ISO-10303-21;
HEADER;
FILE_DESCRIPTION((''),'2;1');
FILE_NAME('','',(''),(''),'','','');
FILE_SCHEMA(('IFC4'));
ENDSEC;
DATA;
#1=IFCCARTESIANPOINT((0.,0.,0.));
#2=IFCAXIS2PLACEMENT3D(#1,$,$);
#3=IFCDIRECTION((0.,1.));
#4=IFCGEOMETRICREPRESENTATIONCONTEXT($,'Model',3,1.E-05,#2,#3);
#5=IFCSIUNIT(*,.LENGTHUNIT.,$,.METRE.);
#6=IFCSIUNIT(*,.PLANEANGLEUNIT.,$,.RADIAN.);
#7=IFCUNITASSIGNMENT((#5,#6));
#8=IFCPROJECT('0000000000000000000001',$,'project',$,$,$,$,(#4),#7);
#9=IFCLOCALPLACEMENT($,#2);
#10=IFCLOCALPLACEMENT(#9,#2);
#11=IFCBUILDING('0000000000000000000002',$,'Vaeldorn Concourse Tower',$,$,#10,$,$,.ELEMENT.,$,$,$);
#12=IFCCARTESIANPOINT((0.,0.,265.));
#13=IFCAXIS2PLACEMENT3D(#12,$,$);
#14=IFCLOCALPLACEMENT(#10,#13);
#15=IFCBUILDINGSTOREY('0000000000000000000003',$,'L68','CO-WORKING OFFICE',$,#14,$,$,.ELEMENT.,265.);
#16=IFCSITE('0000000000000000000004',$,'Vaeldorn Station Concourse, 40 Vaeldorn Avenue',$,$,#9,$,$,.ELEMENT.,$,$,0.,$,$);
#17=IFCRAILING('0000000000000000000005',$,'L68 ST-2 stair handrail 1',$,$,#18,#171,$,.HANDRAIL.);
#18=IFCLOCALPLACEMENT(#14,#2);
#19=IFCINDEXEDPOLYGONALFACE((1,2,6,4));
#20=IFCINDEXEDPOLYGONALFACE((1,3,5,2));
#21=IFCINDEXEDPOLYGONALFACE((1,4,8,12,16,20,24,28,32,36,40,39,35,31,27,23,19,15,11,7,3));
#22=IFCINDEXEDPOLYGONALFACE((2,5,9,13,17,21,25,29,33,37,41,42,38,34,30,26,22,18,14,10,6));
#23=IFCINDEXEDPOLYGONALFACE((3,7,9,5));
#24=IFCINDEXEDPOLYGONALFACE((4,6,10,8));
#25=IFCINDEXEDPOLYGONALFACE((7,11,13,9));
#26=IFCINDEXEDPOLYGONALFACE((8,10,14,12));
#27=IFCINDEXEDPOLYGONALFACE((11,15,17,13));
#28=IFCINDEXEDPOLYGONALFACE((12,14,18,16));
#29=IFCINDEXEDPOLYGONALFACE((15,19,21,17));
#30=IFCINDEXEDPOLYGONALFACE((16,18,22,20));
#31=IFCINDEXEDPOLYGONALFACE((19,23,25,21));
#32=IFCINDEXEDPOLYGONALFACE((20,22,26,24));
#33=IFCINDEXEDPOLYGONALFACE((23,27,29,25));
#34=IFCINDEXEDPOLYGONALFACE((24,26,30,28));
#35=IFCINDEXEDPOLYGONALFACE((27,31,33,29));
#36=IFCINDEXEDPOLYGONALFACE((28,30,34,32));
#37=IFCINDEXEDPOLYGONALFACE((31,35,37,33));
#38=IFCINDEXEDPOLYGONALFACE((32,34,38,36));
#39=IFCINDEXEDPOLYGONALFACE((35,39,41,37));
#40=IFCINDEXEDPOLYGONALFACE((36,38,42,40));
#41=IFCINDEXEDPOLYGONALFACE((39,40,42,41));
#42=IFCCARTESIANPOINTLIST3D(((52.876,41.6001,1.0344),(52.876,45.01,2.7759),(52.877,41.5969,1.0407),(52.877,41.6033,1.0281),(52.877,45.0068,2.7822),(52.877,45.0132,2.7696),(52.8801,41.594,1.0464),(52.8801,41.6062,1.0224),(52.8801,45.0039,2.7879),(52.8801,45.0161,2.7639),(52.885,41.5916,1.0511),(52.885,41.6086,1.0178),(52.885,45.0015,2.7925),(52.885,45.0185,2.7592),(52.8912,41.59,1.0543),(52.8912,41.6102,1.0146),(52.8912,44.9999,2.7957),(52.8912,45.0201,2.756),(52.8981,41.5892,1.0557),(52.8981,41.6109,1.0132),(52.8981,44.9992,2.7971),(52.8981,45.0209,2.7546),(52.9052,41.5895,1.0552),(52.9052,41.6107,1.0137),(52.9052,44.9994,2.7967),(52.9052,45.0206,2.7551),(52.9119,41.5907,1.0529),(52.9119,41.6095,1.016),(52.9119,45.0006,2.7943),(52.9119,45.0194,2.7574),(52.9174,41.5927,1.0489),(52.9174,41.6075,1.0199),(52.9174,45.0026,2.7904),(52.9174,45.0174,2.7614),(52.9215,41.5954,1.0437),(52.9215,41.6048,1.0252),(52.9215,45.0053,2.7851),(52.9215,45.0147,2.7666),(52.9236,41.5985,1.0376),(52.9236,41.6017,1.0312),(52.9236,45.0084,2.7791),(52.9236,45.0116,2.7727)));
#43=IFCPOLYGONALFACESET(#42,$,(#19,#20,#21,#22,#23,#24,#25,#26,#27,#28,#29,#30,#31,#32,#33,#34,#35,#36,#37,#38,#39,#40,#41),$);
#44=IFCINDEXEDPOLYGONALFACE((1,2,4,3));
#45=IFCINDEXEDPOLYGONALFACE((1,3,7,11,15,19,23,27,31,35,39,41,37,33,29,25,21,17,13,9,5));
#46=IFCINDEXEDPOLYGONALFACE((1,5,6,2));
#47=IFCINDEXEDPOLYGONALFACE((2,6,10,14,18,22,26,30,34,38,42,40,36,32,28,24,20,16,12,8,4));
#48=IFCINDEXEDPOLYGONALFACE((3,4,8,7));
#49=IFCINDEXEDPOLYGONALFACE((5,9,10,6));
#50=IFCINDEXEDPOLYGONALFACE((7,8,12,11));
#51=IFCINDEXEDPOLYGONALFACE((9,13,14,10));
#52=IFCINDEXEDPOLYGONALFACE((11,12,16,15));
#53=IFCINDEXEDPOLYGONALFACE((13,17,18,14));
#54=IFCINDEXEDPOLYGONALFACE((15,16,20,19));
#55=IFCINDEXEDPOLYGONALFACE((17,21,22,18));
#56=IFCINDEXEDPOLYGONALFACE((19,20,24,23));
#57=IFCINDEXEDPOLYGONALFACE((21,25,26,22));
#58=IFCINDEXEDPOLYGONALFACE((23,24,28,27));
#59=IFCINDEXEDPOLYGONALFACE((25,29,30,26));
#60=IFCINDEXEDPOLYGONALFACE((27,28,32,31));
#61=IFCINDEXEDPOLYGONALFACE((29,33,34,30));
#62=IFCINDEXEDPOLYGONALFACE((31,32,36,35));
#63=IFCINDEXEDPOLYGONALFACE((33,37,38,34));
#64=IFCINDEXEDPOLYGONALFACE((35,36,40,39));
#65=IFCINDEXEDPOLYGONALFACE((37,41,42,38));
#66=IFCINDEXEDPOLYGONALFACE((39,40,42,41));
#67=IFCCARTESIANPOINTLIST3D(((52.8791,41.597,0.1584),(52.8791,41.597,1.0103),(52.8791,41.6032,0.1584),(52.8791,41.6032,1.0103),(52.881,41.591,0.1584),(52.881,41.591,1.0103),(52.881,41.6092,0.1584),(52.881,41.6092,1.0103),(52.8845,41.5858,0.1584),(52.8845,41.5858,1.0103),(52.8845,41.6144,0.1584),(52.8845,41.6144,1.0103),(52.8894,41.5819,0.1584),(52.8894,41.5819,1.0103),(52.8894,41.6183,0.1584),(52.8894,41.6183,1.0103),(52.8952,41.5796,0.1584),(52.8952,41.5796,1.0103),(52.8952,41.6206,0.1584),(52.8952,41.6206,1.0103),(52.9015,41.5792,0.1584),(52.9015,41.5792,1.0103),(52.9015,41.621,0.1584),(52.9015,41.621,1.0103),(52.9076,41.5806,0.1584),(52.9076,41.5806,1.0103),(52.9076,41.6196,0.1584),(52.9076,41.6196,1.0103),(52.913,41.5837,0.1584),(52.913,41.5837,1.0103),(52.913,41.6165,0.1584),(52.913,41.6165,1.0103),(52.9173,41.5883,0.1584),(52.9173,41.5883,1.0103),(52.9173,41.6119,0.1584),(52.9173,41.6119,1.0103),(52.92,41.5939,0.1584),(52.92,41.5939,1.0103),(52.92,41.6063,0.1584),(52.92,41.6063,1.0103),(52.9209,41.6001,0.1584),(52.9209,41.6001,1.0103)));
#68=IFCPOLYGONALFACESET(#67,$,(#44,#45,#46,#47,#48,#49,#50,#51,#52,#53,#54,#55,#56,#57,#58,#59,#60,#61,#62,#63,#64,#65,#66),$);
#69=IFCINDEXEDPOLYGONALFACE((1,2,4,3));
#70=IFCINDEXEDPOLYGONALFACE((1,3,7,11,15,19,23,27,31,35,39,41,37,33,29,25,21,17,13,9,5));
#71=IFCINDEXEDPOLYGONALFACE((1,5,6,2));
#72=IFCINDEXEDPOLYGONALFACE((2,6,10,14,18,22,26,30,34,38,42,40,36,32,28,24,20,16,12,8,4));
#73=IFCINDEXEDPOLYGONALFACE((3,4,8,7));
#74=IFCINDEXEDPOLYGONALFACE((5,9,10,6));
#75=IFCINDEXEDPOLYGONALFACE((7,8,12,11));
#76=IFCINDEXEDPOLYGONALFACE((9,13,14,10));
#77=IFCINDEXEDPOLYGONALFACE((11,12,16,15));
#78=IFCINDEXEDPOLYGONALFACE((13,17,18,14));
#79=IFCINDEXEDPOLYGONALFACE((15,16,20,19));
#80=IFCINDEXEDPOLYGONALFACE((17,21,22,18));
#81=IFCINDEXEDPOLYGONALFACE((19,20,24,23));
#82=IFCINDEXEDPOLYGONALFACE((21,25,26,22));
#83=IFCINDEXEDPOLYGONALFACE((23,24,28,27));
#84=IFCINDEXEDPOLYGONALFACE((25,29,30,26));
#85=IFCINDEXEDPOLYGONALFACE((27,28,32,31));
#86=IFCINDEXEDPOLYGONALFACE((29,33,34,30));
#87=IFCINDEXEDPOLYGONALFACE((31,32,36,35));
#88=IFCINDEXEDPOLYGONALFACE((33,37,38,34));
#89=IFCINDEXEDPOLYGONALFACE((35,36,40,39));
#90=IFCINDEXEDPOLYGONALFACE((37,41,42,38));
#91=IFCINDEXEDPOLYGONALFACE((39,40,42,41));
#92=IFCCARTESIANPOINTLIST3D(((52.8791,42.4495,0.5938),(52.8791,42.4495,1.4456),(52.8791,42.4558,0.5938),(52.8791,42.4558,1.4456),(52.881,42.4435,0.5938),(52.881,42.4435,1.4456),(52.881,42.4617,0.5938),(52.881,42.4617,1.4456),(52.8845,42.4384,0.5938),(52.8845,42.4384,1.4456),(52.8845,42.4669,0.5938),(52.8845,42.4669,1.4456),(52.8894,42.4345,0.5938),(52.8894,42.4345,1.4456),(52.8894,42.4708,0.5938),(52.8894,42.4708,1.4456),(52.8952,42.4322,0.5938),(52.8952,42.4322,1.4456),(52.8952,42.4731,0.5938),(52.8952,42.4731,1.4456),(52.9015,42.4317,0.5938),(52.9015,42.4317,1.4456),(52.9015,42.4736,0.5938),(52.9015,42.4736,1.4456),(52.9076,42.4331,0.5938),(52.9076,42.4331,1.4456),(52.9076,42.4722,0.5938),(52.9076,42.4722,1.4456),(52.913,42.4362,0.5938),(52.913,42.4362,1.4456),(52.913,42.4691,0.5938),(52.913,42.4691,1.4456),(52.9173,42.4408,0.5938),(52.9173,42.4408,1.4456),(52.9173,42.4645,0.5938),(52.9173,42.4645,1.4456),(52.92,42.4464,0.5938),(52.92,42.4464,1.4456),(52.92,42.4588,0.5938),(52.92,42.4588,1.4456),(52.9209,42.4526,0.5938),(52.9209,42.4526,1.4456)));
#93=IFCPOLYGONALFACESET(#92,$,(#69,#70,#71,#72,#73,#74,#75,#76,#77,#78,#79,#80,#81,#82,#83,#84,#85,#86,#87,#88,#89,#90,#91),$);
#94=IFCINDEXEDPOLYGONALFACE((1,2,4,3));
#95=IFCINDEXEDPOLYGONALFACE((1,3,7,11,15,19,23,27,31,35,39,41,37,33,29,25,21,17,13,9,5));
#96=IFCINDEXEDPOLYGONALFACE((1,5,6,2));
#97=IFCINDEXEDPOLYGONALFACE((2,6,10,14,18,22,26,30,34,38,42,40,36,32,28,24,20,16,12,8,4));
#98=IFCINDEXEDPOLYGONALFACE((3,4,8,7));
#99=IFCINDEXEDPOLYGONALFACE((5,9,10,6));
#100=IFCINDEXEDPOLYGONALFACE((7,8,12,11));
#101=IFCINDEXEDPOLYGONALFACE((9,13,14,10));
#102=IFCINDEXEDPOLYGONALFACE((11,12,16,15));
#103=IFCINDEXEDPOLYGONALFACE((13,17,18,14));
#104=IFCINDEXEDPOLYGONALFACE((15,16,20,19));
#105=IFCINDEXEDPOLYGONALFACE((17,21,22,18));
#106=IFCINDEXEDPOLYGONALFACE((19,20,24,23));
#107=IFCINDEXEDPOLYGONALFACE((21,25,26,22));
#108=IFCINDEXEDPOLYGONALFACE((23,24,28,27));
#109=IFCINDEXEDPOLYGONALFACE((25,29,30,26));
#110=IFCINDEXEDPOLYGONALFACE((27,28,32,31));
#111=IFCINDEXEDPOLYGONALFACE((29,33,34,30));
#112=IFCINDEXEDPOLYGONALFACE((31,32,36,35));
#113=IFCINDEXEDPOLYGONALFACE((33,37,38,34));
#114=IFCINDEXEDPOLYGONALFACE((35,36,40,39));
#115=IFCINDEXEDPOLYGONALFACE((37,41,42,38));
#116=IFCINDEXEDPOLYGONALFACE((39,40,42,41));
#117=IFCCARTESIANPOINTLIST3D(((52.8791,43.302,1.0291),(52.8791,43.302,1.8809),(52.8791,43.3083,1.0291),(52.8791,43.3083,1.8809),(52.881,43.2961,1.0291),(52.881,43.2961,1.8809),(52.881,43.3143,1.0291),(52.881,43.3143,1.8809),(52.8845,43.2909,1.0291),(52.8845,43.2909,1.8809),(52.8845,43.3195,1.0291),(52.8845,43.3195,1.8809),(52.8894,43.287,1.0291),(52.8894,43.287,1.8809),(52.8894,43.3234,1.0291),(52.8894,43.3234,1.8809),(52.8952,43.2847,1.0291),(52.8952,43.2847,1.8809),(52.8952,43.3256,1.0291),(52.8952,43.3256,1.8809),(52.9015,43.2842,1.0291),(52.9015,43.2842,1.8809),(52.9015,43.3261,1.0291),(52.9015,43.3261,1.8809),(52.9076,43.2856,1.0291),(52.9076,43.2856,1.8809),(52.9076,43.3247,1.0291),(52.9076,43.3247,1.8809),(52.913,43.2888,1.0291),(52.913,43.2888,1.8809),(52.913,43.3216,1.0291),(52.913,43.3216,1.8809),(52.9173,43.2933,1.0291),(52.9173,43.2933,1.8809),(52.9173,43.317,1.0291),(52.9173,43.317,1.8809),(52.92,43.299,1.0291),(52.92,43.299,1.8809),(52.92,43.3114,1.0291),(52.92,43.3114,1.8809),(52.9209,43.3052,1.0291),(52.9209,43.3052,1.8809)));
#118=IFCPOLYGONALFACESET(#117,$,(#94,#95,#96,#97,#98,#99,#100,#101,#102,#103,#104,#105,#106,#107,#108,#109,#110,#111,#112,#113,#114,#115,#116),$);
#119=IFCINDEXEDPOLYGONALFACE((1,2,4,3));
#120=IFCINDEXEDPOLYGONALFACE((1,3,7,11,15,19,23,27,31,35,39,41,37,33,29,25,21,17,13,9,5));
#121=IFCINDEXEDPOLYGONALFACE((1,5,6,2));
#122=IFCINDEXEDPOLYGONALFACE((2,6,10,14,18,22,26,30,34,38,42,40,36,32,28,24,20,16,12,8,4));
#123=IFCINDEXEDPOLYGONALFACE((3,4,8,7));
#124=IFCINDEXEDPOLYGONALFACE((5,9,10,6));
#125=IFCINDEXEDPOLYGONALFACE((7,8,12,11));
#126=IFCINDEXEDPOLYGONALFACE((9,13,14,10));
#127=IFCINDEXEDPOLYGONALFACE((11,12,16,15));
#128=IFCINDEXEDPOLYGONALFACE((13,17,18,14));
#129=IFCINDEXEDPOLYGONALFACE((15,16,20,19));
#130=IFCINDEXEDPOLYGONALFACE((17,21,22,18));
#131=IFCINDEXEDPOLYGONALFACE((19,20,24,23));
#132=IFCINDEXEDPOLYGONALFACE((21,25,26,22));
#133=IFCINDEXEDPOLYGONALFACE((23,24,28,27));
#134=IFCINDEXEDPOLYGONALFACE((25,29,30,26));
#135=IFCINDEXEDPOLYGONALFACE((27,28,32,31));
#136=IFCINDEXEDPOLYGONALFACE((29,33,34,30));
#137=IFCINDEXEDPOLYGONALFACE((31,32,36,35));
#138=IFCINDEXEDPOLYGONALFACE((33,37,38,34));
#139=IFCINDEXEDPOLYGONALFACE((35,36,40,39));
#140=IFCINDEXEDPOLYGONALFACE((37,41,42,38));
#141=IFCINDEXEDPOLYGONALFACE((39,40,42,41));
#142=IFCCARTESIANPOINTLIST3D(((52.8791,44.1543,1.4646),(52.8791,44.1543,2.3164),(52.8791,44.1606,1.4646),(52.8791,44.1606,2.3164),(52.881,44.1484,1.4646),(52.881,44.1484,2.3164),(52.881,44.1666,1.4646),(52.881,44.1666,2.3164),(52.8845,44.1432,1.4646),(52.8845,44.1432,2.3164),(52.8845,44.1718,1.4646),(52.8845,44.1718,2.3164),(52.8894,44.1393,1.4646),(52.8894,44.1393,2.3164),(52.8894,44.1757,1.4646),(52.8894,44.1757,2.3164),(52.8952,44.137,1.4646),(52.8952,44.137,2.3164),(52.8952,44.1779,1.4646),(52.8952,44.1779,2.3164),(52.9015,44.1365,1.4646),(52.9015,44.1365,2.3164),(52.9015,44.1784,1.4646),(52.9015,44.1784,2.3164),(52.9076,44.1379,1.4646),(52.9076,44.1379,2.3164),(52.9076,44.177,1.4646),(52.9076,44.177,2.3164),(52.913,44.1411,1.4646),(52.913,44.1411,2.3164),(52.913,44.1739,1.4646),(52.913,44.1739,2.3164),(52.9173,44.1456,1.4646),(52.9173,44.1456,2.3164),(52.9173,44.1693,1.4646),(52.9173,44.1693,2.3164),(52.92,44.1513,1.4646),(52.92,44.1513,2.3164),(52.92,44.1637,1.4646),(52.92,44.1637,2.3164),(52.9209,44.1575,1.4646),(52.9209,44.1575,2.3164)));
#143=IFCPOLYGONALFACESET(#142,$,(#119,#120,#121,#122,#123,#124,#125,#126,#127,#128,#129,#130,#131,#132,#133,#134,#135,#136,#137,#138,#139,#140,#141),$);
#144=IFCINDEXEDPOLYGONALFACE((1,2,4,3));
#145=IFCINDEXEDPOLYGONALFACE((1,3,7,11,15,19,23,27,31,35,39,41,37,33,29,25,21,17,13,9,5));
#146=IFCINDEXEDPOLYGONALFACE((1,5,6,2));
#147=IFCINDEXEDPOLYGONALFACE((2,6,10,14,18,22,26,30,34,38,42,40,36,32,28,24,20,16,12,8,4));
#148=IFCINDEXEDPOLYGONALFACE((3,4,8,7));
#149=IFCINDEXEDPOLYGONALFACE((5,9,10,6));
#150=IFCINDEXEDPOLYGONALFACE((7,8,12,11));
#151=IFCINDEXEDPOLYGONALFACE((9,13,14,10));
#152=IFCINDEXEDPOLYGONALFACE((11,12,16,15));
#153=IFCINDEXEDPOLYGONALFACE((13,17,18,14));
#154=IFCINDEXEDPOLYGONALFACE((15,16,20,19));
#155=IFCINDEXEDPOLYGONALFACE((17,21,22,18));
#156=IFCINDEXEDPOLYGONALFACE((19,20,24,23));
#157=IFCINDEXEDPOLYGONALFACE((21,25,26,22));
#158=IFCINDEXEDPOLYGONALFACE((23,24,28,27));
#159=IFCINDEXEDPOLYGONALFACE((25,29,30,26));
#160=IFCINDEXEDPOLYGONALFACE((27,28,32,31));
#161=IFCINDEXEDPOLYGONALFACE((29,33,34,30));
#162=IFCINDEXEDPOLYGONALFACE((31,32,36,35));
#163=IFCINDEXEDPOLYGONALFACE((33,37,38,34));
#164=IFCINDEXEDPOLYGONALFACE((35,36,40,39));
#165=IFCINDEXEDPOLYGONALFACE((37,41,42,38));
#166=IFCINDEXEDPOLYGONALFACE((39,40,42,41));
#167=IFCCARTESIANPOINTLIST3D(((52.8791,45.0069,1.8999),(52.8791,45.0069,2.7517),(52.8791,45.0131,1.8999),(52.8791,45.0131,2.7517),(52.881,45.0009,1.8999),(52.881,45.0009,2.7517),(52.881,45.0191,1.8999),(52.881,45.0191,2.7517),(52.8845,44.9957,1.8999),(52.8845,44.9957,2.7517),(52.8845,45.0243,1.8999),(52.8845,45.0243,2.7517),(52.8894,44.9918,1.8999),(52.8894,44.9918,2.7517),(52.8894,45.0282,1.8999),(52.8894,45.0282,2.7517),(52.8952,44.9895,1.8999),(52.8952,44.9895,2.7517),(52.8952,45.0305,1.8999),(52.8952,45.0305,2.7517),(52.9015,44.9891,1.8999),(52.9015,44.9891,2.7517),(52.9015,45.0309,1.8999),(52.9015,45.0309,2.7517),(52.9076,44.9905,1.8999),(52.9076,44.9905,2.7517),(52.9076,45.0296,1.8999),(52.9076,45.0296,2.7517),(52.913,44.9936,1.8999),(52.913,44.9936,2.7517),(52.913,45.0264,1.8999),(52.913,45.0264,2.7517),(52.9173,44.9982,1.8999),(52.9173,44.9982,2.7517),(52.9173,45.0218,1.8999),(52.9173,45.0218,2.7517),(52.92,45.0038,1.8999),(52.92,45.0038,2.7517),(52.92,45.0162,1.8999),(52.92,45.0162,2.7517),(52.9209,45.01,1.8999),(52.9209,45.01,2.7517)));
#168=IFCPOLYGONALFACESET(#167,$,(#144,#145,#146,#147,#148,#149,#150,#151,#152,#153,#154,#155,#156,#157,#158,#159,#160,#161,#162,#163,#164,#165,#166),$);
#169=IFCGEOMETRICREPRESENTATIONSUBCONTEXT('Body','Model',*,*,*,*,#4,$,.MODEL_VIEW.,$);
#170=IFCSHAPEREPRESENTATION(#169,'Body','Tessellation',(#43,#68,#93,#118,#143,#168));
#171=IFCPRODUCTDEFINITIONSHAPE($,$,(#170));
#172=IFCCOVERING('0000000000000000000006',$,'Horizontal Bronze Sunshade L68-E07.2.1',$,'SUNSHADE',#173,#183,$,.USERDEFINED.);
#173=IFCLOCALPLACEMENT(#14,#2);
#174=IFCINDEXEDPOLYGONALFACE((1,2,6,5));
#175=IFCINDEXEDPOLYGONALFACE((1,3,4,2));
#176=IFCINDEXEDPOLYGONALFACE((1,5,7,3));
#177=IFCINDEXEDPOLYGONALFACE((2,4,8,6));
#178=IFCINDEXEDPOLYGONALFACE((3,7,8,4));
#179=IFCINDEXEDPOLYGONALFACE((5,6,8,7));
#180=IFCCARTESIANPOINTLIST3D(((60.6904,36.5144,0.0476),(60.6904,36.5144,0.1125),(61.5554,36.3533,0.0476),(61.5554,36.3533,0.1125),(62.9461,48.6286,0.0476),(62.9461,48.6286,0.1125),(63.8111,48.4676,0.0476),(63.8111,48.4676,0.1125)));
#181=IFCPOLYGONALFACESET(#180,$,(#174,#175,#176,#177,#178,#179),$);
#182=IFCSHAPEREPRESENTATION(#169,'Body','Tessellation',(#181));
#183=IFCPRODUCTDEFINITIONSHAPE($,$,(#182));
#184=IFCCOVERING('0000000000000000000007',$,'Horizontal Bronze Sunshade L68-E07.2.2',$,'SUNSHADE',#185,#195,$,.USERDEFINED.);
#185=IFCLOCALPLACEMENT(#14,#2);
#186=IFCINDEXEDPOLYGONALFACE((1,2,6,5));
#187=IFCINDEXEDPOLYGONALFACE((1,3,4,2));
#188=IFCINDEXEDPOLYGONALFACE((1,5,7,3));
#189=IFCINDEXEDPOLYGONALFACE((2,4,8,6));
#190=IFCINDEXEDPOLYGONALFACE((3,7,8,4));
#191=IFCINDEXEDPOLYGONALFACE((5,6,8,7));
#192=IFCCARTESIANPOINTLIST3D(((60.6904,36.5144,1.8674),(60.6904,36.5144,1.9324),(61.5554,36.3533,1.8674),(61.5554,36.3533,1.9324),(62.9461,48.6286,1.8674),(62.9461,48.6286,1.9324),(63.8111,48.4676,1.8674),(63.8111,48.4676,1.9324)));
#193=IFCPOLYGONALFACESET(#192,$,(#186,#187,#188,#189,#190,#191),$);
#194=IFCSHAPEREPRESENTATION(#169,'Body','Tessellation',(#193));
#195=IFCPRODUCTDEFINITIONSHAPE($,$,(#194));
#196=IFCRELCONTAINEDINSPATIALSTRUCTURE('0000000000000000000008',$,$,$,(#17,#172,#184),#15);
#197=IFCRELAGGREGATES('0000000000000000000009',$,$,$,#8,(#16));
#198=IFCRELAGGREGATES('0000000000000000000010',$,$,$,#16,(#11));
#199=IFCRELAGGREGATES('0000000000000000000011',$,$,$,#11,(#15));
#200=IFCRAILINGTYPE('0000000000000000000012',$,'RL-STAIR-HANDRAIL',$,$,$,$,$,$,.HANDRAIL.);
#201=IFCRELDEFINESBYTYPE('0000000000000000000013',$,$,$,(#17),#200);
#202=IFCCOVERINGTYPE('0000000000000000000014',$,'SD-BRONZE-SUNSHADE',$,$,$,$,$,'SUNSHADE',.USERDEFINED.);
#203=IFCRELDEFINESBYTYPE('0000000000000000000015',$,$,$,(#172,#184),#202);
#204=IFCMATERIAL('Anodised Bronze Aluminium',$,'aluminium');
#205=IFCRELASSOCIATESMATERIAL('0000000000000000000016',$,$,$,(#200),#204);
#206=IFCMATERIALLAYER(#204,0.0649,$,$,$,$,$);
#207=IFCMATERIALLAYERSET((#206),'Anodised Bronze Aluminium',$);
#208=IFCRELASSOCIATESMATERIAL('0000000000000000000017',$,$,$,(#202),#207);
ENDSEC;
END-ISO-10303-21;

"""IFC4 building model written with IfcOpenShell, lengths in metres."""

from ifc_helpers import new_model, si_unit, direction, frame, origin, origin_2d, place, context, subcontext, project, spatial, rectangle, circle, extrude, source, transform, mapped, material, layer, layer_set, type_object, element, save


model = new_model("IFC4")

# Units and contexts
model_context = context("Model", 3, precision=1e-05, world=origin(), true_north=direction((0.0, 1.0)))
body_context = subcontext(model_context, "Body", "Model", "MODEL_VIEW")
ifc_project = project(units=[si_unit("LENGTHUNIT", "METRE"), si_unit("PLANEANGLEUNIT", "RADIAN")], contexts=[model_context])

# Site, building, storey
site_placement = place(None, origin())
site = spatial("IfcSite", under=ifc_project, at=site_placement, Name="Vaeldorn Station Concourse, 40 Vaeldorn Avenue", CompositionType="ELEMENT", RefElevation=0.0)
building_placement = place(site_placement, origin())
building = spatial("IfcBuilding", under=site, at=building_placement, Name="Vaeldorn Concourse Tower", CompositionType="ELEMENT")
storey_placement = place(building_placement, frame((0.0, 0.0, 265.0)))
storey = spatial("IfcBuildingStorey", under=building, at=storey_placement, Name="L68", Description="CO-WORKING OFFICE", CompositionType="ELEMENT", Elevation=265.0)

# Shared definitions
ifc_material_1 = material(Name="Anodised Bronze Aluminium", Category="aluminium")

# Railing
railing_type_1 = type_object("IfcRailingType", Name="RL-STAIR-HANDRAIL", PredefinedType="HANDRAIL", material=ifc_material_1)
railing_1_placement = place(storey_placement, frame((52.8999, 41.6001, 0.1584)))
element("IfcRailing", 1, at=railing_1_placement, inside=storey, type_object=railing_type_1, Name="L68 ST-2 stair handrail 1", PredefinedType="HANDRAIL", context=body_context, shape_type="SweptSolid", body=[
    extrude(circle(Radius=0.0239, at=origin_2d()), frame((0.0, 0.0, 0.876), z_axis=(0.0, 0.890582, 0.454823), x_axis=(-1.0, 0.0, 0.0)), (0.0, 0.0, 1.0), 3.8289),
    extrude(circle(Radius=0.021, at=origin_2d()), origin(), (0.0, 0.0, 1.0), 0.8518),
    extrude(circle(Radius=0.021, at=origin_2d()), frame((0.0, 0.8525, 0.4353)), (0.0, 0.0, 1.0), 0.8518),
    extrude(circle(Radius=0.021, at=origin_2d()), frame((0.0, 1.7051, 0.8706)), (0.0, 0.0, 1.0), 0.8518),
    extrude(circle(Radius=0.021, at=origin_2d()), frame((0.0, 2.5574, 1.3062)), (0.0, 0.0, 1.0), 0.8518),
    extrude(circle(Radius=0.021, at=origin_2d()), frame((0.0, 3.4099, 1.7415)), (0.0, 0.0, 1.0), 0.8518),
])

# Coverings
ifc_layer_1 = layer(ifc_material_1, 0.0649)
ifc_layer_set_1 = layer_set([ifc_layer_1], Name="Anodised Bronze Aluminium")
covering_type = type_object("IfcCoveringType", Name="SD-BRONZE-SUNSHADE", ElementType="SUNSHADE", PredefinedType="USERDEFINED", material=ifc_layer_set_1)
shared_shape_1 = source(origin(), body_context, "Body", "SweptSolid", [
    extrude(rectangle(XDim=12.3225, YDim=0.8799, at=origin_2d()), origin(), (0.0, 0.0, 1.0), 0.0649),
])
for number, where, z_axis, x_axis, name in (
    (2, (62.2507, 42.491, 0.0476), (0.0, 0.0, 1.0), (0.183059, 0.983102, 0.0), "Horizontal Bronze Sunshade L68-E07.2.1"),
    (3, (62.2507, 42.491, 1.8674), (0.0, 0.0, 1.0), (0.183059, 0.983102, 0.0), "Horizontal Bronze Sunshade L68-E07.2.2"),
):
    element("IfcCovering", number, at=place(storey_placement, frame(where, z_axis=z_axis, x_axis=x_axis)), inside=storey, type_object=covering_type, Name=name, ObjectType="SUNSHADE", PredefinedType="USERDEFINED", context=body_context, shape_type="MappedRepresentation", body=[
        mapped(shared_shape_1, transform((0.0, 0.0, 0.0), scale=1.0)),
    ])

save(model, "model.ifc")
